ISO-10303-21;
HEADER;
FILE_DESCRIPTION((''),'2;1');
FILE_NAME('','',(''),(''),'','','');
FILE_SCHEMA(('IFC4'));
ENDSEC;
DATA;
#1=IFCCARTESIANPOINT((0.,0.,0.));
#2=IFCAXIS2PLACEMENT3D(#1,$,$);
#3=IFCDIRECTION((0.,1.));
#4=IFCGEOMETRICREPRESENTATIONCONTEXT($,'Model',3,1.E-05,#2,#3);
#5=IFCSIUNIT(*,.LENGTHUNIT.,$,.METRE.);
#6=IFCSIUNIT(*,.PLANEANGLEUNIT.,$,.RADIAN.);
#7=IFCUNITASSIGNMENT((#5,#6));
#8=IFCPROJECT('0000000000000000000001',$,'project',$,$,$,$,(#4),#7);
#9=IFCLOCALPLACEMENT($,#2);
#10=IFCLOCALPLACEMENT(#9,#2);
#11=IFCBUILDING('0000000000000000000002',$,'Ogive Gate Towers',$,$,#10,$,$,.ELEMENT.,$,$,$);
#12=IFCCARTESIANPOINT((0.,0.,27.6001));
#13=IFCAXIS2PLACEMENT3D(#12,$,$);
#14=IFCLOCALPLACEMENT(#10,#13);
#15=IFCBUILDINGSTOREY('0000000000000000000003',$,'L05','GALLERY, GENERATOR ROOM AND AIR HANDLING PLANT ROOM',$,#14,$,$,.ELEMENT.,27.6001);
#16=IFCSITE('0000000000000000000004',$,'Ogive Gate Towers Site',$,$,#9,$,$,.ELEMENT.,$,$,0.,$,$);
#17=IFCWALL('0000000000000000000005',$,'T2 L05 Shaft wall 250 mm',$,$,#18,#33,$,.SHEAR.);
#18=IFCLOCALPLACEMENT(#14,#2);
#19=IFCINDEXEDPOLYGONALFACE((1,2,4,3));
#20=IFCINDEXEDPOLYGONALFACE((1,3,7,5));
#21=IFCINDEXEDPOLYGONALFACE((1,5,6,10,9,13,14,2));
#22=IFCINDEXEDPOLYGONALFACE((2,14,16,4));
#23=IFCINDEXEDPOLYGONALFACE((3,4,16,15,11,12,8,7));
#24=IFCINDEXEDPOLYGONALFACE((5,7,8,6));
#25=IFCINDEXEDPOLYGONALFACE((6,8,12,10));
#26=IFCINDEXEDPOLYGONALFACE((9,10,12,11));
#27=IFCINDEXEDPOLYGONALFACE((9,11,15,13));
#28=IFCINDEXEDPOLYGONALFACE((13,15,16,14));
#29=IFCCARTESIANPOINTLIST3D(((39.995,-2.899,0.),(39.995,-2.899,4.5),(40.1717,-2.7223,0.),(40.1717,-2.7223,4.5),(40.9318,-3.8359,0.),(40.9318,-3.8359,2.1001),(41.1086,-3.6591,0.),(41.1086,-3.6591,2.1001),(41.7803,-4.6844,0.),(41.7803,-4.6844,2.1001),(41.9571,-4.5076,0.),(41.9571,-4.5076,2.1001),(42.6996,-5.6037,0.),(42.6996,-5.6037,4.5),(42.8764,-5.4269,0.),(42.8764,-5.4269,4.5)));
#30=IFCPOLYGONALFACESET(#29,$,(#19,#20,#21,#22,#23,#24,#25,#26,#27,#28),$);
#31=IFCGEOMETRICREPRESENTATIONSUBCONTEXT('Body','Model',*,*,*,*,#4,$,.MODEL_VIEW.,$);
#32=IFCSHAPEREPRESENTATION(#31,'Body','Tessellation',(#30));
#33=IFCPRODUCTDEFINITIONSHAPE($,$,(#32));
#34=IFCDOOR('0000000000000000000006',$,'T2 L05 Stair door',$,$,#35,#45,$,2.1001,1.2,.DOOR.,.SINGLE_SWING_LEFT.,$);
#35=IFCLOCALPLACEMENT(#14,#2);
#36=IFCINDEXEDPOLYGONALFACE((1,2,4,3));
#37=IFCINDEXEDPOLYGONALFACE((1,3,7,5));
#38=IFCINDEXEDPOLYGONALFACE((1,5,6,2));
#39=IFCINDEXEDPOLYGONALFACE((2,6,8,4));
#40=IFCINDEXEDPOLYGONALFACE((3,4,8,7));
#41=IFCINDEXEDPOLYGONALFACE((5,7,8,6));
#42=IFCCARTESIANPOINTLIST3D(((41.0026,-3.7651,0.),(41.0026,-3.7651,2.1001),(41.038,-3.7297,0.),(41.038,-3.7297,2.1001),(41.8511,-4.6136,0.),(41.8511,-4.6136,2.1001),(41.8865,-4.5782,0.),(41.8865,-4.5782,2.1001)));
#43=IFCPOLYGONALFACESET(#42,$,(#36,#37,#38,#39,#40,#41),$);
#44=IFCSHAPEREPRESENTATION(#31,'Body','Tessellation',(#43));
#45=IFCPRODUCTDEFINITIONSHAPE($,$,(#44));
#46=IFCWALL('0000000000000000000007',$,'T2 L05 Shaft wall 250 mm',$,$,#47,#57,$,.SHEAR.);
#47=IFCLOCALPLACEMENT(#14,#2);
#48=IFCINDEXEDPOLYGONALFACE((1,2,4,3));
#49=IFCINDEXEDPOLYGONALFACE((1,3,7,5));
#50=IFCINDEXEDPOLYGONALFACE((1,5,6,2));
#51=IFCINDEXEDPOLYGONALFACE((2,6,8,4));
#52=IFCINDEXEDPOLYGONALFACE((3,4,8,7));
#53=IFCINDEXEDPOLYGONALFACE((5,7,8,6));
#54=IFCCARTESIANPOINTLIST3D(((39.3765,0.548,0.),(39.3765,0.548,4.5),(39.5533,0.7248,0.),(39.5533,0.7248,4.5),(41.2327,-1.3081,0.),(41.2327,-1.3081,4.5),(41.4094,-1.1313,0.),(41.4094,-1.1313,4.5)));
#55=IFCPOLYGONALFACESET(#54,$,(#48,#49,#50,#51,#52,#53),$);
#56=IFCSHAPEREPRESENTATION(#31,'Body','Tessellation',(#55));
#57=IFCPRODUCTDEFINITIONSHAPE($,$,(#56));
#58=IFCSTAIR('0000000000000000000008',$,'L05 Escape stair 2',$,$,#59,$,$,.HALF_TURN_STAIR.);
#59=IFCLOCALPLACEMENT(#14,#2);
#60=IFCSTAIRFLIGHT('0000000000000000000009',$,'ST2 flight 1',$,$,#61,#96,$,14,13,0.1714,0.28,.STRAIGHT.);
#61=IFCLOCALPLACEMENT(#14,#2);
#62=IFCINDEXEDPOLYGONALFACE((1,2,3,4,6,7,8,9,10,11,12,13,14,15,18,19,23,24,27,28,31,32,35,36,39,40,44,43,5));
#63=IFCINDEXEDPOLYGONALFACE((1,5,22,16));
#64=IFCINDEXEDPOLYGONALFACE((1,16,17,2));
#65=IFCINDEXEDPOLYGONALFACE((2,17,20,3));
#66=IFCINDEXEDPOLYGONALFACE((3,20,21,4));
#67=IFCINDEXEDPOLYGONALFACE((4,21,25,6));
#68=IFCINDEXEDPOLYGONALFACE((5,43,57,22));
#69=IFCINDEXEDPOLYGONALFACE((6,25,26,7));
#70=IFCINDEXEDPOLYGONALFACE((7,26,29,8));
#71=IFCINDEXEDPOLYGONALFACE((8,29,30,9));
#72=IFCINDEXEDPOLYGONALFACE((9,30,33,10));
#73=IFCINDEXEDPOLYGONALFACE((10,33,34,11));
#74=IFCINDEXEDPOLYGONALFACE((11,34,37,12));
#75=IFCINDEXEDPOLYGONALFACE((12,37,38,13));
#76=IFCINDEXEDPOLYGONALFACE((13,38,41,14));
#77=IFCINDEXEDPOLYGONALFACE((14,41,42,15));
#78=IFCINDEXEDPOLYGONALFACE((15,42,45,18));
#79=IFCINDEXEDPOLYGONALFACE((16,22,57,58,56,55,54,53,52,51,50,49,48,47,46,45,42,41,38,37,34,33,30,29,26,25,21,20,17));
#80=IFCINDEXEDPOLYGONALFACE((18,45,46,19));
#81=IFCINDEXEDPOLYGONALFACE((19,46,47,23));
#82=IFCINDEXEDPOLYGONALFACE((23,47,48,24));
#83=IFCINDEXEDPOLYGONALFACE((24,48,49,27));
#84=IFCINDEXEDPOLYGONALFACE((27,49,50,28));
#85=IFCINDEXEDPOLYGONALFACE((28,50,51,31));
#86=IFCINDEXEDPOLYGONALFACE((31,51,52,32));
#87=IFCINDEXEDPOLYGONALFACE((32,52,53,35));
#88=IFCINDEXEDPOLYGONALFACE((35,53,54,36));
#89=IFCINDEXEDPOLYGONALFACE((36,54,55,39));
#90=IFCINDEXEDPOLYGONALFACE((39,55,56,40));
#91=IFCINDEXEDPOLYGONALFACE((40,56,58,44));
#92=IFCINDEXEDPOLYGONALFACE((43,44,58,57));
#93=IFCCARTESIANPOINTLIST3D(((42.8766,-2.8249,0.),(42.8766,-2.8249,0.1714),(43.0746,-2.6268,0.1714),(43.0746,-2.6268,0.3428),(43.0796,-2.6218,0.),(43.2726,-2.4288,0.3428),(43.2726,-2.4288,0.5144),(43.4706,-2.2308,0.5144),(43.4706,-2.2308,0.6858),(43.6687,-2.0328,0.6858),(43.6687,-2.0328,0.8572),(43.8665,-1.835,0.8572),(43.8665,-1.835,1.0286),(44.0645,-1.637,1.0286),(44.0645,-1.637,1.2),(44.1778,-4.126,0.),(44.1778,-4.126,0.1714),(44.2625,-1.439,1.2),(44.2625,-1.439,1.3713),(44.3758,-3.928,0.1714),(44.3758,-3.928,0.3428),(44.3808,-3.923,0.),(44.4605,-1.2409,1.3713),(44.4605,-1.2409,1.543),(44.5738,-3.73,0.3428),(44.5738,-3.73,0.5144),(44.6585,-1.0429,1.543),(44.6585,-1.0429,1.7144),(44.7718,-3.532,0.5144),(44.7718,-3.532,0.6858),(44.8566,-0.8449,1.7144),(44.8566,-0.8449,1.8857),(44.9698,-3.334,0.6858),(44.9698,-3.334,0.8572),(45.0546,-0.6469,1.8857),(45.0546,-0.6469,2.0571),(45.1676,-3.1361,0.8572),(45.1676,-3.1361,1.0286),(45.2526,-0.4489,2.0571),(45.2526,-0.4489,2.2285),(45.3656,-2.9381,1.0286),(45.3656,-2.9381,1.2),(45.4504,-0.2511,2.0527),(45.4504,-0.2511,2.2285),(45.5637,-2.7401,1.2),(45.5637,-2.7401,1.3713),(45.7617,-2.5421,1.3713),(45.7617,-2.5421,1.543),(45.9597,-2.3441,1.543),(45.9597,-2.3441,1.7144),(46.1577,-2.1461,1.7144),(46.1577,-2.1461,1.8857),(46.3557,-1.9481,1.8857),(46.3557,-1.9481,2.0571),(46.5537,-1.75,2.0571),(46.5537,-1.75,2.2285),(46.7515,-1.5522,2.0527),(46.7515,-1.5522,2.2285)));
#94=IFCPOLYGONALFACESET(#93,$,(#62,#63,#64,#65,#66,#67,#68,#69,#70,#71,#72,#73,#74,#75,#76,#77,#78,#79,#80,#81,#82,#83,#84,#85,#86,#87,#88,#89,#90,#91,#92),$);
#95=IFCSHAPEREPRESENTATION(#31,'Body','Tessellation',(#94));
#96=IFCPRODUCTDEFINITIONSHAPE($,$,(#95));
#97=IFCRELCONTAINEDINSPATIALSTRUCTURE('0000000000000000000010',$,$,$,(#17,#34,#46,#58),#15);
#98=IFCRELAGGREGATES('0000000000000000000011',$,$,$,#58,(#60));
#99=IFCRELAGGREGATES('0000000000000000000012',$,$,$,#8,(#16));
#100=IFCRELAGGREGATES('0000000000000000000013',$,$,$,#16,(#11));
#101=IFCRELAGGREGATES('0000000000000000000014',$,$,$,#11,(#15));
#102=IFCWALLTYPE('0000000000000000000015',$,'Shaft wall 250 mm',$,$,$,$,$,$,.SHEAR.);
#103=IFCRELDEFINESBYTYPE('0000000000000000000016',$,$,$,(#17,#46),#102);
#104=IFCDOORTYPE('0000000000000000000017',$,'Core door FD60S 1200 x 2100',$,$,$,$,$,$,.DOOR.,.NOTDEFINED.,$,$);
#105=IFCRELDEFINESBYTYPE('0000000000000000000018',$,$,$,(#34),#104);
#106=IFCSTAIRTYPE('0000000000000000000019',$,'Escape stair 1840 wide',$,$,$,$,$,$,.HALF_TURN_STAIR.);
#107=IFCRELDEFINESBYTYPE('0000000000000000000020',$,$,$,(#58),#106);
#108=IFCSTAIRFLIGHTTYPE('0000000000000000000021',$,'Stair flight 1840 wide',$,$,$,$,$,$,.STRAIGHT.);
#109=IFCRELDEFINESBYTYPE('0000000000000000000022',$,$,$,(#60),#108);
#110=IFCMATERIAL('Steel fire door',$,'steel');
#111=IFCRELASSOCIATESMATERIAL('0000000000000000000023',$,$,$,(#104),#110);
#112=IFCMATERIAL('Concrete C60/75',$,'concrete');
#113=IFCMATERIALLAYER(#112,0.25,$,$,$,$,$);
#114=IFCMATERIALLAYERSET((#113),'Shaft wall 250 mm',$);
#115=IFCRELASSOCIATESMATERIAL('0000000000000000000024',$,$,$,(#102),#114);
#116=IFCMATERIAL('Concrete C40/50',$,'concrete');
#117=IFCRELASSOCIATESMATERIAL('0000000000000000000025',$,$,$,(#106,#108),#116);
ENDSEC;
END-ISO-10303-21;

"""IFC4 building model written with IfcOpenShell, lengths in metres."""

from ifc_helpers import new_model, si_unit, direction, frame, frame_2d, origin, place, context, subcontext, project, spatial, polyline, rectangle, outline, extrude, material, layer, layer_set, type_object, element, fill, aggregate, save


model = new_model("IFC4")

# Units and contexts
model_context = context("Model", 3, precision=1e-05, world=origin(), true_north=direction((0.0, 1.0)))
body_context = subcontext(model_context, "Body", "Model", "MODEL_VIEW")
ifc_project = project(units=[si_unit("LENGTHUNIT", "METRE"), si_unit("PLANEANGLEUNIT", "RADIAN")], contexts=[model_context])

# Site, building, storey
site_placement = place(None, origin())
site = spatial("IfcSite", under=ifc_project, at=site_placement, Name="Ogive Gate Towers Site", CompositionType="ELEMENT", RefElevation=0.0)
building_placement = place(site_placement, origin())
building = spatial("IfcBuilding", under=site, at=building_placement, Name="Ogive Gate Towers", CompositionType="ELEMENT")
storey_placement = place(building_placement, frame((0.0, 0.0, 27.6001)))
storey = spatial("IfcBuildingStorey", under=building, at=storey_placement, Name="L05", Description="GALLERY, GENERATOR ROOM AND AIR HANDLING PLANT ROOM", CompositionType="ELEMENT", Elevation=27.6001)

# Shared definitions
ifc_material_1 = material(Name="Steel fire door", Category="steel")
ifc_material_2 = material(Name="Concrete C60/75", Category="concrete")
door_type_1 = type_object("IfcDoorType", Name="Core door FD60S 1200 x 2100", OperationType="NOTDEFINED", PredefinedType="DOOR", material=ifc_material_1)

# Shared definitions
ifc_layer_1 = layer(ifc_material_2, 0.25)
ifc_layer_set_1 = layer_set([ifc_layer_1], Name="Shaft wall 250 mm")
wall_type_1 = type_object("IfcWallType", Name="Shaft wall 250 mm", PredefinedType="SHEAR", material=ifc_layer_set_1)

# Wall, opening, door
wall_1_placement = place(storey_placement, frame((42.7881, -5.5154, 0.0), z_axis=(0.0, 0.0, 1.0), x_axis=(-0.707107, 0.707107, 0.0)))
wall_1 = element("IfcWall", 1, at=wall_1_placement, inside=storey, type_object=wall_type_1, Name="T2 L05 Shaft wall 250 mm", PredefinedType="SHEAR", context=body_context, shape_type="SweptSolid", body=[
    extrude(rectangle(XDim=3.825, YDim=0.25, at=frame_2d((1.9126, 0.0))), origin(), (0.0, 0.0, 1.0), 4.5),
])
opening_1_placement = place(wall_1_placement, frame((1.3, 0.0, 0.0)))
opening_1 = element("IfcOpeningElement", 2, at=opening_1_placement, cuts=wall_1, PredefinedType="OPENING", context=body_context, shape_type="SweptSolid", body=[
    extrude(rectangle(XDim=1.2, YDim=2.1001, at=frame_2d((0.6001, 1.05))), frame((0.0, 0.135, 0.0), z_axis=(0.0, -1.0, 0.0), x_axis=(1.0, 0.0, 0.0)), (0.0, 0.0, 1.0), 0.27),
])
door_1_placement = place(opening_1_placement, origin())
door_1 = element("IfcDoor", 3, at=door_1_placement, inside=storey, type_object=door_type_1, Name="T2 L05 Stair door", OperationType="SINGLE_SWING_LEFT", OverallHeight=2.1001, OverallWidth=1.2, PredefinedType="DOOR", context=body_context, shape_type="SweptSolid", body=[
    extrude(rectangle(XDim=1.2, YDim=2.1001, at=frame_2d((0.6001, 1.05))), frame((0.0, 0.0249, 0.0), z_axis=(0.0, -1.0, 0.0), x_axis=(1.0, 0.0, 0.0)), (0.0, 0.0, 1.0), 0.05),
])
fill(opening_1, door_1)

# Wall
wall_2_placement = place(storey_placement, frame((41.321, -1.2197, 0.0), z_axis=(0.0, 0.0, 1.0), x_axis=(-0.707107, 0.707107, 0.0)))
element("IfcWall", 4, at=wall_2_placement, inside=storey, type_object=wall_type_1, Name="T2 L05 Shaft wall 250 mm", PredefinedType="SHEAR", context=body_context, shape_type="SweptSolid", body=[
    extrude(rectangle(XDim=2.625, YDim=0.25, at=frame_2d((1.3125, 0.0))), origin(), (0.0, 0.0, 1.0), 4.5),
])

# Stair, stair flight
ifc_material_3 = material(Name="Concrete C40/50", Category="concrete")
stair_type = type_object("IfcStairType", Name="Escape stair 1840 wide", PredefinedType="HALF_TURN_STAIR", material=ifc_material_3)
stair_placement = place(storey_placement, origin())
stair = element("IfcStair", 5, at=stair_placement, inside=storey, type_object=stair_type, Name="L05 Escape stair 2", PredefinedType="HALF_TURN_STAIR")
stair_flight_type = type_object("IfcStairFlightType", Name="Stair flight 1840 wide", PredefinedType="STRAIGHT", material=ifc_material_3)
stair_flight_placement = place(storey_placement, frame((43.5271, -3.4753, 0.0), z_axis=(0.0, 0.0, 1.0), x_axis=(0.707107, 0.707107, 0.0)))
stair_flight = element("IfcStairFlight", 6, at=stair_flight_placement, type_object=stair_flight_type, Name="ST2 flight 1", NumberOfRisers=14, NumberOfTreads=13, PredefinedType="STRAIGHT", RiserHeight=0.1714, TreadLength=0.28, context=body_context, shape_type="SweptSolid", body=[
    extrude(outline(polyline([(0.0, 0.0), (0.0, 0.1714), (0.28, 0.1714), (0.28, 0.3428), (0.5601, 0.3428), (0.5601, 0.5144), (0.8401, 0.5144), (0.8401, 0.6858), (1.1201, 0.6858), (1.1201, 0.8572), (1.3999, 0.8572), (1.3999, 1.0286), (1.6799, 1.0286), (1.6799, 1.2), (1.96, 1.2), (1.96, 1.3713), (2.24, 1.3713), (2.24, 1.543), (2.52, 1.543), (2.52, 1.7144), (2.8, 1.7144), (2.8, 1.8857), (3.0801, 1.8857), (3.0801, 2.0571), (3.3601, 2.0571), (3.3601, 2.2285), (3.6399, 2.2285), (3.6399, 2.3999), (3.6399, 2.0527), (0.2871, 0.0), (0.0, 0.0)])), frame((0.0, 0.9199, 0.0), z_axis=(0.0, -1.0, 0.0), x_axis=(1.0, 0.0, 0.0)), (0.0, 0.0, 1.0), 1.8401),
])
aggregate(stair, [stair_flight])

save(model, "model.ifc")
